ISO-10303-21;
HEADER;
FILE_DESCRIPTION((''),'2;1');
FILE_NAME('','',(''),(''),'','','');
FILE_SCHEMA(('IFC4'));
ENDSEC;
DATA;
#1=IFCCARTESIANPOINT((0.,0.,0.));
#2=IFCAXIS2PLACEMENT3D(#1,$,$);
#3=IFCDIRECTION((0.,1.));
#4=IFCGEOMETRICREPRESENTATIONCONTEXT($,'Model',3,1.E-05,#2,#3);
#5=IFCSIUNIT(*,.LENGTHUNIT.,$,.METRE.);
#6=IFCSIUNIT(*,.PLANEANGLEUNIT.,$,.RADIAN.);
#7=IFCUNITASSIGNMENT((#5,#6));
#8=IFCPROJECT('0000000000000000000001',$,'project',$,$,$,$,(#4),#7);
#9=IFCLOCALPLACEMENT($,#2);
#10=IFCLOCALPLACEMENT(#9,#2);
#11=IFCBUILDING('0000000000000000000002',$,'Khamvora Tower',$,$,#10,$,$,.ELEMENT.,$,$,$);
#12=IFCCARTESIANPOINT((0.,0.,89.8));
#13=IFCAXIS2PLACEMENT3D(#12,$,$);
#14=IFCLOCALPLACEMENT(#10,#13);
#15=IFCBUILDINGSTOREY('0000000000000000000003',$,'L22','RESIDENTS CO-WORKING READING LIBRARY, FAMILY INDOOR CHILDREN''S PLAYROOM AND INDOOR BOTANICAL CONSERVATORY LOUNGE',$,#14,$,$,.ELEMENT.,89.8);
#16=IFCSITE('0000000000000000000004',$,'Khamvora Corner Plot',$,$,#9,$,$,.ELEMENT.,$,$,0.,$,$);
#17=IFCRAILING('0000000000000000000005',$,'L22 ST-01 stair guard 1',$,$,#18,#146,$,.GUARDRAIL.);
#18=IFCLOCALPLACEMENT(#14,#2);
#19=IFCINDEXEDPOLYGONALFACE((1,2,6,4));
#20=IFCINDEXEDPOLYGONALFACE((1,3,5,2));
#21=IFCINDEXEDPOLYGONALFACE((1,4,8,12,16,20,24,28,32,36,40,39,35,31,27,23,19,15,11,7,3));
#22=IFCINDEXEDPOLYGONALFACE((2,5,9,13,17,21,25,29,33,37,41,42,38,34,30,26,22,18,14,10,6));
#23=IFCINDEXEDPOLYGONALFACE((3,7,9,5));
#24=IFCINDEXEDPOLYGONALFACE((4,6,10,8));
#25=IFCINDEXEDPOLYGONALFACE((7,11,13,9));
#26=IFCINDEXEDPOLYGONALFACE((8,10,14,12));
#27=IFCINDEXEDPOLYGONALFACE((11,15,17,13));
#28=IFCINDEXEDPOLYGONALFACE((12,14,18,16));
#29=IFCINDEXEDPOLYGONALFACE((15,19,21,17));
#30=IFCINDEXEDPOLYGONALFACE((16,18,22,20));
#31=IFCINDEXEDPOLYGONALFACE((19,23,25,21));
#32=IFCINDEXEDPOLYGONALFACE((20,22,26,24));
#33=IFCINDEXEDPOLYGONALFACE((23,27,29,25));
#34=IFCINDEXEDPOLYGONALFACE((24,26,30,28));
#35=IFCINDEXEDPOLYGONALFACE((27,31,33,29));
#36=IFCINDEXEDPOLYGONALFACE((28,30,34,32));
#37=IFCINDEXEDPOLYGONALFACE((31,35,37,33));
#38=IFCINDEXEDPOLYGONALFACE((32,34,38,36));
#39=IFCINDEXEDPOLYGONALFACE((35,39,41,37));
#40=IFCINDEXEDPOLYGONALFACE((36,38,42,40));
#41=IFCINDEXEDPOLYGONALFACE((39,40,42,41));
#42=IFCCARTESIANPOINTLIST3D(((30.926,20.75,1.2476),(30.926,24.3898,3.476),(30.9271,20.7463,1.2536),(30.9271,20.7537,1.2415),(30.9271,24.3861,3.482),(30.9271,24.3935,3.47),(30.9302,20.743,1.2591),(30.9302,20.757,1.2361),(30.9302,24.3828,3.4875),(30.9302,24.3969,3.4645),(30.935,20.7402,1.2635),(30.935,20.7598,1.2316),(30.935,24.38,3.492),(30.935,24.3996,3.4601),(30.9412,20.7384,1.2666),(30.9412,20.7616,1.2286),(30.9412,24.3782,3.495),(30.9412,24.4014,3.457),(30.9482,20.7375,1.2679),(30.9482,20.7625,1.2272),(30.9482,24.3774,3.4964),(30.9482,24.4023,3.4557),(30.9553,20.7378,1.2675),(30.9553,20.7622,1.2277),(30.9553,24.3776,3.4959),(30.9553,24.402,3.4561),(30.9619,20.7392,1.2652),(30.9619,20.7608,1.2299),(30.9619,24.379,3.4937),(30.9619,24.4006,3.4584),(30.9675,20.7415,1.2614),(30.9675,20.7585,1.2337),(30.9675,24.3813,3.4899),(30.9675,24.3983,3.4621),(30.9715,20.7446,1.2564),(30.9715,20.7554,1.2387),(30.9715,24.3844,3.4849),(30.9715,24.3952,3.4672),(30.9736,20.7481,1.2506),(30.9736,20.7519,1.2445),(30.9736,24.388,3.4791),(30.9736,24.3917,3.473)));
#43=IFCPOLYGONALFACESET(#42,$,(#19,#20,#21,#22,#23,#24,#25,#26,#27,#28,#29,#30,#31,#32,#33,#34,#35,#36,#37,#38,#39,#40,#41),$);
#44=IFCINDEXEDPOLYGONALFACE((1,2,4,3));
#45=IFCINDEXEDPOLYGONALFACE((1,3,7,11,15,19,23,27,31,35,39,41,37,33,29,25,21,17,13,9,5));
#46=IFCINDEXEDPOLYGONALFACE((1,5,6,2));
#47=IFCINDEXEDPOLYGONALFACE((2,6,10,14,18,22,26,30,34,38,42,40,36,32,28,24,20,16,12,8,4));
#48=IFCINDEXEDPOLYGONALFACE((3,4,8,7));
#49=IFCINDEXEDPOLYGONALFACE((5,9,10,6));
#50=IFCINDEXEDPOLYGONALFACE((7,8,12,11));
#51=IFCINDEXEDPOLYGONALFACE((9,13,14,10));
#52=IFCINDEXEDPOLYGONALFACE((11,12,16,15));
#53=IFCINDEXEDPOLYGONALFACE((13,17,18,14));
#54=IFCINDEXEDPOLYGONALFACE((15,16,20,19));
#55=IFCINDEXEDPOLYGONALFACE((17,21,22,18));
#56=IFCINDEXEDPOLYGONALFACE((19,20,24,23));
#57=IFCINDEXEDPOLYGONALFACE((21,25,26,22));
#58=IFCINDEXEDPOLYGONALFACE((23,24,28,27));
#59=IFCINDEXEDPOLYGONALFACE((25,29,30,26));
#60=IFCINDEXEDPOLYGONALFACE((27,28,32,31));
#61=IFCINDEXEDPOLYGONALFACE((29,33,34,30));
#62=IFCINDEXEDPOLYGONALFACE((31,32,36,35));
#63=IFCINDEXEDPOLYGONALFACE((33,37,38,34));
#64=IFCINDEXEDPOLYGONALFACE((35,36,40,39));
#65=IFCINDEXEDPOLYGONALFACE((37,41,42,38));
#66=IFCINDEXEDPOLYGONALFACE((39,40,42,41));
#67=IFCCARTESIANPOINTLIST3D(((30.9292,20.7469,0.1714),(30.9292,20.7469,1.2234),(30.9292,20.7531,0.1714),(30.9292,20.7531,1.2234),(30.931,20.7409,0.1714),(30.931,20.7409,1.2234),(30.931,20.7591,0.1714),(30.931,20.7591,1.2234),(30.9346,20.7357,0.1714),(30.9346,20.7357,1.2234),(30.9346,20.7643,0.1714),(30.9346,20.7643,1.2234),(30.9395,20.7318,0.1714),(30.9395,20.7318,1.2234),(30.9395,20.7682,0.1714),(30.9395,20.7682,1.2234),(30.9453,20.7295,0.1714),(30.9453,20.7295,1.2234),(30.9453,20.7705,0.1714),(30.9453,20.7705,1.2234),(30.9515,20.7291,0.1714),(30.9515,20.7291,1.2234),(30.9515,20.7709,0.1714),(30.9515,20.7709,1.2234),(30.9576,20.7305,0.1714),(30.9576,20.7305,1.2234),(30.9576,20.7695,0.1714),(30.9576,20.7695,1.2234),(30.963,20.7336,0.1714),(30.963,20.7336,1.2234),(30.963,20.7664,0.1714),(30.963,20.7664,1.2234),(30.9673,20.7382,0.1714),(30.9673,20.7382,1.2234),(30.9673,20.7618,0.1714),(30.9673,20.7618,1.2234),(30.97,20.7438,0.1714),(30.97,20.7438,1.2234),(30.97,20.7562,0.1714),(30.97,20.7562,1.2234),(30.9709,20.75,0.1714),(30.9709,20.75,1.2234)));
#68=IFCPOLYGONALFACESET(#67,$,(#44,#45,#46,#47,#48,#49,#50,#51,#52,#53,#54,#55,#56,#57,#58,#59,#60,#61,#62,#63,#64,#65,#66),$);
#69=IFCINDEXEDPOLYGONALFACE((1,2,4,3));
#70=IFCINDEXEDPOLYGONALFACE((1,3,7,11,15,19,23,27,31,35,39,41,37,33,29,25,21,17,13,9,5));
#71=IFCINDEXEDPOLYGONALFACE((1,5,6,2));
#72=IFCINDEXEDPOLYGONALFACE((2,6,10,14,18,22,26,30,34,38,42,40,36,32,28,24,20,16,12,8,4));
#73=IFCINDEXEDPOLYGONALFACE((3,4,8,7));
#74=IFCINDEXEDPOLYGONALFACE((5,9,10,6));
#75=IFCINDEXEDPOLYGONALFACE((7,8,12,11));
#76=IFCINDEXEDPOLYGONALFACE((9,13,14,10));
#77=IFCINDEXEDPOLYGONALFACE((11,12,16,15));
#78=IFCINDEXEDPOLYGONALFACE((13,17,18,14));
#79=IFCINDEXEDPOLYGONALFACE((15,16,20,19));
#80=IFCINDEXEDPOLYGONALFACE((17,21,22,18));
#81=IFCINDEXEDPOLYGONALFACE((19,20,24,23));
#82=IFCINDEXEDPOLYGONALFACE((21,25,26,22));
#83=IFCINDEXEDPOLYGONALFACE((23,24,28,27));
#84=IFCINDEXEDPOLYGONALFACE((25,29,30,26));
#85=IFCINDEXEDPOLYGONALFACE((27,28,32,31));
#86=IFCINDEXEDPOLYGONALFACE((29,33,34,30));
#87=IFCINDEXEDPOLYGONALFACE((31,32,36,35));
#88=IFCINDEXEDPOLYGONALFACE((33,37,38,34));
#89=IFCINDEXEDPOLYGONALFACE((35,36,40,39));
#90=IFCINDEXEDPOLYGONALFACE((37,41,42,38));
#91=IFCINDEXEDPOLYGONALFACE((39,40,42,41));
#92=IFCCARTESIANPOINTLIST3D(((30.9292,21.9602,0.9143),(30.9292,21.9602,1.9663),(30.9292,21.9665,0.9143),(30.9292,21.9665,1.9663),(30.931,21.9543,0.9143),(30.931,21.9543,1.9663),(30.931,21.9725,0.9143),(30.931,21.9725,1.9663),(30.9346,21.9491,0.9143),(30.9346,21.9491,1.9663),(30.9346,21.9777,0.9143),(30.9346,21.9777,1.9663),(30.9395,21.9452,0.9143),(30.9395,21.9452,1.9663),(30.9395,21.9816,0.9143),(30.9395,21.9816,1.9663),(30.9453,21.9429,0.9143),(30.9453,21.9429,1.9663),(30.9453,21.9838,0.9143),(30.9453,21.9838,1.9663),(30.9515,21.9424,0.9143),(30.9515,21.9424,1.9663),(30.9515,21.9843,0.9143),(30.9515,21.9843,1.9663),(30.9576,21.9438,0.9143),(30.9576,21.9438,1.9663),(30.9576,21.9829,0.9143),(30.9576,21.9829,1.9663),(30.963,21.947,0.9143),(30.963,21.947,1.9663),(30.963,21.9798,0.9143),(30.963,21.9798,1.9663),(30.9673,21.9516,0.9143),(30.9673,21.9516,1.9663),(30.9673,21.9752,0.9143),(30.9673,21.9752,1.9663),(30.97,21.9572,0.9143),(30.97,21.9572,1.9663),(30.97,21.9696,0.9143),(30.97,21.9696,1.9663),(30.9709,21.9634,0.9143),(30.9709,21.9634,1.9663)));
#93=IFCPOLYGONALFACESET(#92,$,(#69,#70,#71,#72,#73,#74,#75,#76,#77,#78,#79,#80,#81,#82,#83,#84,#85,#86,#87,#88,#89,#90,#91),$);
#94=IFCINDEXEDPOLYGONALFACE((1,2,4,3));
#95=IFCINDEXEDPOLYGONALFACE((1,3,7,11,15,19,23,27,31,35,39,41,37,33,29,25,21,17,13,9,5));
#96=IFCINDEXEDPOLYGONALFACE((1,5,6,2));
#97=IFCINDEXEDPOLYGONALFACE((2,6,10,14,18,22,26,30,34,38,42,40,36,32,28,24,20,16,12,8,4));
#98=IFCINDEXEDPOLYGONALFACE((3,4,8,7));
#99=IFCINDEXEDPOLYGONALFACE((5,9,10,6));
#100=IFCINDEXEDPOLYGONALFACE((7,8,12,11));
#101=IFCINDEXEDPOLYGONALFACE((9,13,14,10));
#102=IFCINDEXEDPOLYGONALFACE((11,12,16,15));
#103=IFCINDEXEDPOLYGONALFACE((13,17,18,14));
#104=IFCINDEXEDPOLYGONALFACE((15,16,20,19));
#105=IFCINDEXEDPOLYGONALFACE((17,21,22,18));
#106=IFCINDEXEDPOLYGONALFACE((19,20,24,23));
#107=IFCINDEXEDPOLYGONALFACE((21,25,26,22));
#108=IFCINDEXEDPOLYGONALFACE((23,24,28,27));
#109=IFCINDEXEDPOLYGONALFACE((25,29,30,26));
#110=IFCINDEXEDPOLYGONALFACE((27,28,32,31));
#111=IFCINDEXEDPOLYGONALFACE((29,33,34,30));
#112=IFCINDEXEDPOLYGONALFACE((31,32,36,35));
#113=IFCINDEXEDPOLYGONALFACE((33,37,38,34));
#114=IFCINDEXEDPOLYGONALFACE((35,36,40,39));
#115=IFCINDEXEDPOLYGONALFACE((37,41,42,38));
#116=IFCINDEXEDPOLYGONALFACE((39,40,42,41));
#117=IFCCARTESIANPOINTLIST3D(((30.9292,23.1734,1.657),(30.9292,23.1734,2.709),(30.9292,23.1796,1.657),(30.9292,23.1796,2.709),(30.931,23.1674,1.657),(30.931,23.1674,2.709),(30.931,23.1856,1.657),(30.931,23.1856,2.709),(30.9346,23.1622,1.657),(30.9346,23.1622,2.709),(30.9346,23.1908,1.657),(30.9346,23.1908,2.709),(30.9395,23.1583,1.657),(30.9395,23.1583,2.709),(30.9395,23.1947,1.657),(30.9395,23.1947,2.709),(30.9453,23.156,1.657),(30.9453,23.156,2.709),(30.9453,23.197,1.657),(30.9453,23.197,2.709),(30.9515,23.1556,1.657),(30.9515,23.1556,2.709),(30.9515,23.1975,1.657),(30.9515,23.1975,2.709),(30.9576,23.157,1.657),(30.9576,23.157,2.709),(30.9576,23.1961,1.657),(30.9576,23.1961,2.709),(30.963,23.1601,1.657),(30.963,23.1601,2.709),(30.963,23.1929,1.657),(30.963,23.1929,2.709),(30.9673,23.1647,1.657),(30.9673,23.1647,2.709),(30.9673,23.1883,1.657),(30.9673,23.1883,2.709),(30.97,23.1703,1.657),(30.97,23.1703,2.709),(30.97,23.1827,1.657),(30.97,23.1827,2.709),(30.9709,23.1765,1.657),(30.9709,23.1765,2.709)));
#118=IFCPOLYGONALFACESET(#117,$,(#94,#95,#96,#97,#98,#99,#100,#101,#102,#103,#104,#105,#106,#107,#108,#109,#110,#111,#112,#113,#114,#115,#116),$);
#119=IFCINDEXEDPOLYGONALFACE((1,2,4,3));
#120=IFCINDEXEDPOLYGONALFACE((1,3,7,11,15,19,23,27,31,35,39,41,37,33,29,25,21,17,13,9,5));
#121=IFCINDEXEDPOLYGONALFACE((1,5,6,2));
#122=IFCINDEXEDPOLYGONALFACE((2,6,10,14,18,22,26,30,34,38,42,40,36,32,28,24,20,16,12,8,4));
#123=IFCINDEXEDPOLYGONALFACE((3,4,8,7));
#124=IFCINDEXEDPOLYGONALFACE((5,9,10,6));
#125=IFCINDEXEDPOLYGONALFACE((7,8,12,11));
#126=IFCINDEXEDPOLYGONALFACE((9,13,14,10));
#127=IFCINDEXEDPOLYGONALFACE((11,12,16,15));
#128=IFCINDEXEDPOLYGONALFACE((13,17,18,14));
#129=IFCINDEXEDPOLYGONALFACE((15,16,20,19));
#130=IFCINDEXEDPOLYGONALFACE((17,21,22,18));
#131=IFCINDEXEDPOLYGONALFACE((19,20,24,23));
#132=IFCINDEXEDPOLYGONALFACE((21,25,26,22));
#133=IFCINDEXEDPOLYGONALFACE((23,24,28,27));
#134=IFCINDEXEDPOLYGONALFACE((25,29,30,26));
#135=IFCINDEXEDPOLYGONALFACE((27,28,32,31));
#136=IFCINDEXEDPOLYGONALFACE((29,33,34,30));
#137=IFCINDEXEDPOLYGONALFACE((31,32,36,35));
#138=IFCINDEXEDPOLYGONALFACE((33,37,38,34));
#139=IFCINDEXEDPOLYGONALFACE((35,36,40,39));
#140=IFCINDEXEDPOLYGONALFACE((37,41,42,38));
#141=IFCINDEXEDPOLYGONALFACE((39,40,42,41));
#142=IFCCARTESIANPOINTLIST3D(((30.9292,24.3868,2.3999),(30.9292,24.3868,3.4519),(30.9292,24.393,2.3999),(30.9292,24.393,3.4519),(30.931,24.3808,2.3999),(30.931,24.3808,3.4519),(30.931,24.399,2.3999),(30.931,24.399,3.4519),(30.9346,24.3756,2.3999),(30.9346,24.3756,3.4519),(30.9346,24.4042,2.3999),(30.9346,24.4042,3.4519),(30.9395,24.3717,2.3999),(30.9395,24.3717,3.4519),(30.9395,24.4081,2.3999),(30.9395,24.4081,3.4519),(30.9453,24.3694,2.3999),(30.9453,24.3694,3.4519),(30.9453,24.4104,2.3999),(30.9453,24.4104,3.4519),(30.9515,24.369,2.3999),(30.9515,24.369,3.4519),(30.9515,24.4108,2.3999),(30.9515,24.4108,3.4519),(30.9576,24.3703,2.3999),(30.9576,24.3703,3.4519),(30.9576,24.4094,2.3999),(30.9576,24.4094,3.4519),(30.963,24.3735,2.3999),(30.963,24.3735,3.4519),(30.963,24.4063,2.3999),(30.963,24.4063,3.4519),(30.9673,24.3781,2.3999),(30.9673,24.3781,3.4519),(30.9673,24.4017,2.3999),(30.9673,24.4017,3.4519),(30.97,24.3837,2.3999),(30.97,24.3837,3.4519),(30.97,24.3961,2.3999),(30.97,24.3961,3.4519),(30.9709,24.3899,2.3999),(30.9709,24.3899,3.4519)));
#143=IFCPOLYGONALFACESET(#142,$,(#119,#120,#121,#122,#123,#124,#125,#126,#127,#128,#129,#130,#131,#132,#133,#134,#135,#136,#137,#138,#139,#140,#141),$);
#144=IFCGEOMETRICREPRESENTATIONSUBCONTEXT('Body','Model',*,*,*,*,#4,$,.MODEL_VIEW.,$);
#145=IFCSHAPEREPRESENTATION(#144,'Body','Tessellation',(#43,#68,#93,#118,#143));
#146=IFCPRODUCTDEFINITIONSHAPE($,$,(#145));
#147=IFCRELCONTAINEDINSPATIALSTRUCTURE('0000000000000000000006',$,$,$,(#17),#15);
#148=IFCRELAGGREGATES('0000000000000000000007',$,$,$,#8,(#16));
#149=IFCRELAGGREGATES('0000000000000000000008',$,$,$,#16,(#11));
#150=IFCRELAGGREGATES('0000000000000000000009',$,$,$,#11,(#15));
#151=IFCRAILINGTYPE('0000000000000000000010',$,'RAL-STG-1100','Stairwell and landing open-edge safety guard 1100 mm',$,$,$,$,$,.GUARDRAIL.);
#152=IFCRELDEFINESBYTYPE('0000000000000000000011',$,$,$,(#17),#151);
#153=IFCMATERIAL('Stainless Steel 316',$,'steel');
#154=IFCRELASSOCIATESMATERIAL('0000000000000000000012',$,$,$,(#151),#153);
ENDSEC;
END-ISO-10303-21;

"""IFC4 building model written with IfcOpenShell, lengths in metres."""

from ifc_helpers import new_model, si_unit, direction, frame, origin, origin_2d, place, context, subcontext, project, spatial, circle, extrude, material, type_object, element, save


model = new_model("IFC4")

# Units and contexts
model_context = context("Model", 3, precision=1e-05, world=origin(), true_north=direction((0.0, 1.0)))
body_context = subcontext(model_context, "Body", "Model", "MODEL_VIEW")
ifc_project = project(units=[si_unit("LENGTHUNIT", "METRE"), si_unit("PLANEANGLEUNIT", "RADIAN")], contexts=[model_context])

# Site, building, storey
site_placement = place(None, origin())
site = spatial("IfcSite", under=ifc_project, at=site_placement, Name="Khamvora Corner Plot", CompositionType="ELEMENT", RefElevation=0.0)
building_placement = place(site_placement, origin())
building = spatial("IfcBuilding", under=site, at=building_placement, Name="Khamvora Tower", CompositionType="ELEMENT")
storey_placement = place(building_placement, frame((0.0, 0.0, 89.8)))
storey = spatial("IfcBuildingStorey", under=building, at=storey_placement, Name="L22", Description="RESIDENTS CO-WORKING READING LIBRARY, FAMILY INDOOR CHILDREN'S PLAYROOM AND INDOOR BOTANICAL CONSERVATORY LOUNGE", CompositionType="ELEMENT", Elevation=89.8)

# Railing
ifc_material_1 = material(Name="Stainless Steel 316", Category="steel")
railing_type_1 = type_object("IfcRailingType", Name="RAL-STG-1100", Description="Stairwell and landing open-edge safety guard 1100 mm", PredefinedType="GUARDRAIL", material=ifc_material_1)
railing_1_placement = place(storey_placement, frame((30.95, 20.75, 0.1714)))
element("IfcRailing", 1, at=railing_1_placement, inside=storey, type_object=railing_type_1, Name="L22 ST-01 stair guard 1", PredefinedType="GUARDRAIL", context=body_context, shape_type="SweptSolid", body=[
    extrude(circle(Radius=0.0239, at=origin_2d()), frame((0.0, 0.0, 1.0762), z_axis=(0.0, 0.85285, 0.522156), x_axis=(-1.0, 0.0, 0.0)), (0.0, 0.0, 1.0), 4.2678),
    extrude(circle(Radius=0.021, at=origin_2d()), origin(), (0.0, 0.0, 1.0), 1.052),
    extrude(circle(Radius=0.021, at=origin_2d()), frame((0.0, 1.2134, 0.7429)), (0.0, 0.0, 1.0), 1.052),
    extrude(circle(Radius=0.021, at=origin_2d()), frame((0.0, 2.4265, 1.4856)), (0.0, 0.0, 1.0), 1.052),
    extrude(circle(Radius=0.021, at=origin_2d()), frame((0.0, 3.6399, 2.2285)), (0.0, 0.0, 1.0), 1.052),
])

save(model, "model.ifc")
